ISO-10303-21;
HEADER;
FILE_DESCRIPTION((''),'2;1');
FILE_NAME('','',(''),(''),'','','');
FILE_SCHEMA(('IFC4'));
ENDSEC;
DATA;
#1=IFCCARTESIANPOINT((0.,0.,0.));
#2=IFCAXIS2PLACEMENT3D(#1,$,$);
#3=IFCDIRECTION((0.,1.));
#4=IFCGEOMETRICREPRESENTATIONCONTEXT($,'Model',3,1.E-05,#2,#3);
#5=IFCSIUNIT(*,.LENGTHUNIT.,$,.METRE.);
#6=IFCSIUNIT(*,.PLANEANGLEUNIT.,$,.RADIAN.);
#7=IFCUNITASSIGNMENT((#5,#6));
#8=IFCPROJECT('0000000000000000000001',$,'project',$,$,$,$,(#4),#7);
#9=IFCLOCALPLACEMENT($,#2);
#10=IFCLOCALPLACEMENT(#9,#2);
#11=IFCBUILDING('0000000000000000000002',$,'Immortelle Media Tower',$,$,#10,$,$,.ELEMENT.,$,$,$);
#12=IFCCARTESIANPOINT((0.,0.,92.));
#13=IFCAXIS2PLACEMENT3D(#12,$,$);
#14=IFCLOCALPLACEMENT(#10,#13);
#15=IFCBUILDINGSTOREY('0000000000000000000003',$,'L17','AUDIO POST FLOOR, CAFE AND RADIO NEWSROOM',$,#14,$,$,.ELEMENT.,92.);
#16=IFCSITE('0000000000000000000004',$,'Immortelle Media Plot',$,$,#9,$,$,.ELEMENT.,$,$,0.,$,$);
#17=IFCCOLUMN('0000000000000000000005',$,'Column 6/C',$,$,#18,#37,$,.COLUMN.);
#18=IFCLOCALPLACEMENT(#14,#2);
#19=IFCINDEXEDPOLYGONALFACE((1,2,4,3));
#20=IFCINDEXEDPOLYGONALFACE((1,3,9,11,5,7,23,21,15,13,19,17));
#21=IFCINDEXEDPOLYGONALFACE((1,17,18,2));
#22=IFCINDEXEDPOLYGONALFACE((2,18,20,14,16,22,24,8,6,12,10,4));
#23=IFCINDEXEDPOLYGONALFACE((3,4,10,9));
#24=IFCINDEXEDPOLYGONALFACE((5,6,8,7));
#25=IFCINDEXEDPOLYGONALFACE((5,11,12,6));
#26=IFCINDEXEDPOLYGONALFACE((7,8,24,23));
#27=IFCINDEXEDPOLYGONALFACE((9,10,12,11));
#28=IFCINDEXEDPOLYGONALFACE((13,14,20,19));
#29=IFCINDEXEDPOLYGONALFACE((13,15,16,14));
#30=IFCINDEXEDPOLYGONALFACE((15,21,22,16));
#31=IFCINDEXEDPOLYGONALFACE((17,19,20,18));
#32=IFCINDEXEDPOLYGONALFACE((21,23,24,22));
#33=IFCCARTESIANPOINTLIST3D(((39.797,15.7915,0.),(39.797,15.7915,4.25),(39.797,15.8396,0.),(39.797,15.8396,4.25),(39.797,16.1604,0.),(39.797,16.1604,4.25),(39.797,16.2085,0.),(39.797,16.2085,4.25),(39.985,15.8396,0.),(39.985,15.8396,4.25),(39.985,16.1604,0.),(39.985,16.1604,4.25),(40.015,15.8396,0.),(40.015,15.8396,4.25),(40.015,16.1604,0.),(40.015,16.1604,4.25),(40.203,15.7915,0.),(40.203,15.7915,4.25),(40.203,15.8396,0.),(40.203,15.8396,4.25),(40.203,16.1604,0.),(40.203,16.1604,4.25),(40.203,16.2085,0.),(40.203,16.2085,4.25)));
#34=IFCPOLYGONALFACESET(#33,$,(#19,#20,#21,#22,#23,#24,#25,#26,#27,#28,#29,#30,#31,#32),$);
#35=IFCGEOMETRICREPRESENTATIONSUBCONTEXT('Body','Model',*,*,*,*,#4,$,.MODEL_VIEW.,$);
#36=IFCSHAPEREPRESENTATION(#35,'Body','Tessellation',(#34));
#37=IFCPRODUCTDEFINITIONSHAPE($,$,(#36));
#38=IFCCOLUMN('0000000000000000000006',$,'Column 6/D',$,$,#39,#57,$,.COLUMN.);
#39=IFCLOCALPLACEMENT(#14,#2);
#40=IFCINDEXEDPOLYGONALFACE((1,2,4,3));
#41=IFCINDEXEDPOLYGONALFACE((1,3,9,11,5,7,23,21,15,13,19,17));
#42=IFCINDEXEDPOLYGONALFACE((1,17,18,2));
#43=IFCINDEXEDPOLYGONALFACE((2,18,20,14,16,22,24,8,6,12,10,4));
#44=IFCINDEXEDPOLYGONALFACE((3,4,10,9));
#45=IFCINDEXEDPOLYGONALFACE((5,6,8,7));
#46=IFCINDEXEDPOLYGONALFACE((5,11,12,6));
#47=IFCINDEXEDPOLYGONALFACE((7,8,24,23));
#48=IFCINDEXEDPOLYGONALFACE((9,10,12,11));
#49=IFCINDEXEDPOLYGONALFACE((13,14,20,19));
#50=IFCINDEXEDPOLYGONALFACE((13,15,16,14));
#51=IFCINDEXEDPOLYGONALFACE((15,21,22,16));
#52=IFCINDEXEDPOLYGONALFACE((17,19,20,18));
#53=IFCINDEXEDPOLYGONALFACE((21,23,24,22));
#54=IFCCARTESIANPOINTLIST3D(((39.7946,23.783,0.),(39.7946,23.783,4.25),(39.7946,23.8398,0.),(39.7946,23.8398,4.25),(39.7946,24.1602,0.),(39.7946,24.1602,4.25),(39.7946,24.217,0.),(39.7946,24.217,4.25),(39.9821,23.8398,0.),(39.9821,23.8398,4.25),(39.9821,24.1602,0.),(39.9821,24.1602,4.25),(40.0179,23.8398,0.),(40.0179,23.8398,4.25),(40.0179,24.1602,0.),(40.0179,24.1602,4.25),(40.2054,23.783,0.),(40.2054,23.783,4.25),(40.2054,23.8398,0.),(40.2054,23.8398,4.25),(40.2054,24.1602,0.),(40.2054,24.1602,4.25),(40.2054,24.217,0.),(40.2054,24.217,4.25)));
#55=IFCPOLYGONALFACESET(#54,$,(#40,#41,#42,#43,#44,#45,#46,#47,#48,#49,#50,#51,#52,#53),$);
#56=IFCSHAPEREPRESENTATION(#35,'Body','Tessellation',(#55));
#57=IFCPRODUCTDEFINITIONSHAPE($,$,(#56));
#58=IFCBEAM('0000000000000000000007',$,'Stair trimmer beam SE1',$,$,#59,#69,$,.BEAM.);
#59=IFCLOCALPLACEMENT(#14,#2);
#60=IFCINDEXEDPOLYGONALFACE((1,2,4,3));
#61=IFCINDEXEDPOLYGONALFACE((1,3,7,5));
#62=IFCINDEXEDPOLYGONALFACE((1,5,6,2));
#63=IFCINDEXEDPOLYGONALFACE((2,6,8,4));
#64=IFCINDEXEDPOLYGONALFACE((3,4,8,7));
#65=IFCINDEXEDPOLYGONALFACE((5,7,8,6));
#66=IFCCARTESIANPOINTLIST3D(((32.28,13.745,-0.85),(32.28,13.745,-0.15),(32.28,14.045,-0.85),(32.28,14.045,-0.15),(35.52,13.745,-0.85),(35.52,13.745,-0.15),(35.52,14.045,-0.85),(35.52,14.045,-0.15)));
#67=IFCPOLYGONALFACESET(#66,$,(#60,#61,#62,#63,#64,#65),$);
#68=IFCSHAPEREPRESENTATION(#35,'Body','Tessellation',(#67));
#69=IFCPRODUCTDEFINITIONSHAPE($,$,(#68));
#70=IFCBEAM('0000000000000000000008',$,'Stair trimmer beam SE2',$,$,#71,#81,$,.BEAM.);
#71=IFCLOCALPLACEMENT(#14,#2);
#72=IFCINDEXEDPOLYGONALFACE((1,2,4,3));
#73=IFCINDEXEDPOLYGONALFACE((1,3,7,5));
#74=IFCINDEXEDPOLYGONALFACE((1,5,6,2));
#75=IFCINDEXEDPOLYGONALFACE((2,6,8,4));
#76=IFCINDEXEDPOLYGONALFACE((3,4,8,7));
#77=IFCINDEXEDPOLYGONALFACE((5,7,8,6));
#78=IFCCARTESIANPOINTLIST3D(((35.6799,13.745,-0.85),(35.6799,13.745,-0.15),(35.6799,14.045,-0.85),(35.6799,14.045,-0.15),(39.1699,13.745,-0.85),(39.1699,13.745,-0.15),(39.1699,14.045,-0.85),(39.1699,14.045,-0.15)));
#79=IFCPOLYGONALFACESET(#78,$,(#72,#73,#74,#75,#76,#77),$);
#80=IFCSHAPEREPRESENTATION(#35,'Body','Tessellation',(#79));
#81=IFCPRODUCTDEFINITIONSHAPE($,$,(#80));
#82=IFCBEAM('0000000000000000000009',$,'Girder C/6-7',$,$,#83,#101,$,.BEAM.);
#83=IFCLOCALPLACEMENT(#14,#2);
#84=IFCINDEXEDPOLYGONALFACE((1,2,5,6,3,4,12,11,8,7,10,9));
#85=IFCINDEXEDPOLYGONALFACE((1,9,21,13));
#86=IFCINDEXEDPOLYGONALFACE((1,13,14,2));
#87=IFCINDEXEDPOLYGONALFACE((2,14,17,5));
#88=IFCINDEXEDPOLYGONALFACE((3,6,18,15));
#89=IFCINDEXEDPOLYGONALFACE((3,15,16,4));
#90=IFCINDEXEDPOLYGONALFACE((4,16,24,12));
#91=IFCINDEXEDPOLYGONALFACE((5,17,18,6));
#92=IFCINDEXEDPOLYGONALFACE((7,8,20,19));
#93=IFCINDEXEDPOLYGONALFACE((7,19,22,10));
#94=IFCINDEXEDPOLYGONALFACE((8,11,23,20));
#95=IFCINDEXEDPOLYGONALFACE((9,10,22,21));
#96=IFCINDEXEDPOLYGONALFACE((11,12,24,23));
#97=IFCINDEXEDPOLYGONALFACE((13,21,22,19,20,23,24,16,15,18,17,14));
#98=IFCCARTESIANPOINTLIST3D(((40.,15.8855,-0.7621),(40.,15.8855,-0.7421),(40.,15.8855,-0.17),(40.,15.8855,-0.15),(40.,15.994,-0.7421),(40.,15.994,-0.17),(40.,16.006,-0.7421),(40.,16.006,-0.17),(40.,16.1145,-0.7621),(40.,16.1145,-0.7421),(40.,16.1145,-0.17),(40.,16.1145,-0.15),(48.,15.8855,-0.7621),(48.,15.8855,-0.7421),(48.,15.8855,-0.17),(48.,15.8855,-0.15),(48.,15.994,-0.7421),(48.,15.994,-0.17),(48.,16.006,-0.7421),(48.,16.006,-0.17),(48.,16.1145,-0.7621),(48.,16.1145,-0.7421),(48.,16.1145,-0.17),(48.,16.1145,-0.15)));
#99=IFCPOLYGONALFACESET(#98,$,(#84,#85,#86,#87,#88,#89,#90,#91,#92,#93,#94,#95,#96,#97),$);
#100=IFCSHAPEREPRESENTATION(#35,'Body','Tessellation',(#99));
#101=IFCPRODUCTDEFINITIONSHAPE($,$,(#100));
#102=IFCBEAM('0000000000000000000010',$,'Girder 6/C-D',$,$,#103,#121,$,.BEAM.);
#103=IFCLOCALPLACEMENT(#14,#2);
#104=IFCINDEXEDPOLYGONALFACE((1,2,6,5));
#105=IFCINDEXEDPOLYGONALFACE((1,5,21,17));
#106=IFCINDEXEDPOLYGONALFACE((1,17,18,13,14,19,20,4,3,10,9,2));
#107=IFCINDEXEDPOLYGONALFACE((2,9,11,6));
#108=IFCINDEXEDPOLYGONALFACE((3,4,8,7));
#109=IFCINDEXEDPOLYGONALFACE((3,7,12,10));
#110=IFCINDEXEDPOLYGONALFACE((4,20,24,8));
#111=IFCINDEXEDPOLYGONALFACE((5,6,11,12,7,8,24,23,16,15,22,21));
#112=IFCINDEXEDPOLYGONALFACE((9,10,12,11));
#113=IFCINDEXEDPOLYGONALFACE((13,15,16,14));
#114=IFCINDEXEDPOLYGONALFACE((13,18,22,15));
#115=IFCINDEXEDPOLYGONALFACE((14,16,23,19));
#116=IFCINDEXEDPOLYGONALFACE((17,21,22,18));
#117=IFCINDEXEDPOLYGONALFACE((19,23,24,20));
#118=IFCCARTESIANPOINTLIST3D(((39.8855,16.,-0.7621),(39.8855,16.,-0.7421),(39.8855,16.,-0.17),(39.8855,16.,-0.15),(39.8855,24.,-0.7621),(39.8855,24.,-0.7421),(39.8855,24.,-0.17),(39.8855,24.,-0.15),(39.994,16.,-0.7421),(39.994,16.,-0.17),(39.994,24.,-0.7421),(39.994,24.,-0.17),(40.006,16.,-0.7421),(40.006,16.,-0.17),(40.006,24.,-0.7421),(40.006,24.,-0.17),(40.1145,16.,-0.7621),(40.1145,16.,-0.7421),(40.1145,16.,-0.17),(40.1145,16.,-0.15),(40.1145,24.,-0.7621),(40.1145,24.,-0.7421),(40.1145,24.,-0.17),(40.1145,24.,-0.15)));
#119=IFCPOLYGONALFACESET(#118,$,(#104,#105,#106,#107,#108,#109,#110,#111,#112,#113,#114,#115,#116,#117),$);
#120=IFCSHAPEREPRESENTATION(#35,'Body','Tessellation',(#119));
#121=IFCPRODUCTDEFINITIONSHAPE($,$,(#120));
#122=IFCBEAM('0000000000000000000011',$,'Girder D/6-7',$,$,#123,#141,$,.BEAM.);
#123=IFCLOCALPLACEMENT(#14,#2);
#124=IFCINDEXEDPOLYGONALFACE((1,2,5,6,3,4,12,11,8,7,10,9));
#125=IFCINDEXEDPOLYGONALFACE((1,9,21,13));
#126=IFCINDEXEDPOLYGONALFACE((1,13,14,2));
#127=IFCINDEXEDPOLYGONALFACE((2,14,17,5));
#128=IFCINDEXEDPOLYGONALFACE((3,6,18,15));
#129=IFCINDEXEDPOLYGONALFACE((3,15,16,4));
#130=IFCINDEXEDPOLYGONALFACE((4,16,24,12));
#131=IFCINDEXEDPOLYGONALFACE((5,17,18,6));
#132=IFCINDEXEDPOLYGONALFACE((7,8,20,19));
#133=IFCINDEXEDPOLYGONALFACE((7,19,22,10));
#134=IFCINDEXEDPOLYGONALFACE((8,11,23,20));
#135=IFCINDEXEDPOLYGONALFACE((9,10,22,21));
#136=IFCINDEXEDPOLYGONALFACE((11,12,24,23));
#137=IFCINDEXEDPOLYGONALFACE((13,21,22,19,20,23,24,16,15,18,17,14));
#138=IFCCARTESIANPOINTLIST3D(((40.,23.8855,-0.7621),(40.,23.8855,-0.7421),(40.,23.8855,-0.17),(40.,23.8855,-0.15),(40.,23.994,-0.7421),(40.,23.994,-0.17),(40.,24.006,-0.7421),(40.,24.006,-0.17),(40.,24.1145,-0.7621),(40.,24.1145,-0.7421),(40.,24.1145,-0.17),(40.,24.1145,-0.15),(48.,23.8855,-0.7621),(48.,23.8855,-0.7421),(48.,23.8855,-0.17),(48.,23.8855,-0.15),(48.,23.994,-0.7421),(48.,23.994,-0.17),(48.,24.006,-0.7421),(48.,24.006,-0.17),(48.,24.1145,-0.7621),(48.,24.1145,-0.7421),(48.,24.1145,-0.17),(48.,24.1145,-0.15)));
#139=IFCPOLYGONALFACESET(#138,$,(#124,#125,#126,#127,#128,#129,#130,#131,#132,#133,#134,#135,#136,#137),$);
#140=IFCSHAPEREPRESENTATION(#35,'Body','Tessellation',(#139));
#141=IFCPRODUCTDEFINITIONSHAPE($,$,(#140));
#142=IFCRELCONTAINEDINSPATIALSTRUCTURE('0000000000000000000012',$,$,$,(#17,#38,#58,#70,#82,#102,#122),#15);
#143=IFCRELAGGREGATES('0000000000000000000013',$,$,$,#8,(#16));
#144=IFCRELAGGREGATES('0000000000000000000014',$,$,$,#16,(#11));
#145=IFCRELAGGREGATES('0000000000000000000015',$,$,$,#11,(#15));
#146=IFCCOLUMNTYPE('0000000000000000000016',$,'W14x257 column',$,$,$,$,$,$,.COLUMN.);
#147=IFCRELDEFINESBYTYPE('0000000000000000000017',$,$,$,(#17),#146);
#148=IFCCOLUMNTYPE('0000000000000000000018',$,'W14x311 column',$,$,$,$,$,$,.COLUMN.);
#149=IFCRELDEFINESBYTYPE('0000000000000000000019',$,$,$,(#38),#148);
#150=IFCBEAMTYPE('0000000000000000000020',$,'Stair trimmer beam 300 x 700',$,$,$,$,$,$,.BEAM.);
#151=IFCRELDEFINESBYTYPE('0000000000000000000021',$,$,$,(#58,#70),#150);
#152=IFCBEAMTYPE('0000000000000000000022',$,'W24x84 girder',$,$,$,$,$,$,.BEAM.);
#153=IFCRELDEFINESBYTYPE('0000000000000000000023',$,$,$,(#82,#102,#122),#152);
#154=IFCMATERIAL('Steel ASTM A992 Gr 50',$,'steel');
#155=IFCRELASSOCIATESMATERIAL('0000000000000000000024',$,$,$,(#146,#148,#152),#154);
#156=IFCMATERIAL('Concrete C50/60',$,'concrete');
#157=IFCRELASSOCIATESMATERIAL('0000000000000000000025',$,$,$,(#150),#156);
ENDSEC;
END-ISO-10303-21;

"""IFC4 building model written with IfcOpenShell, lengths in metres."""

from ifc_helpers import new_model, si_unit, direction, frame, origin, origin_2d, place, context, subcontext, project, spatial, rectangle, i_section, extrude, material, material_profile, profile_set, type_object, element, save


model = new_model("IFC4")

# Units and contexts
model_context = context("Model", 3, precision=1e-05, world=origin(), true_north=direction((0.0, 1.0)))
body_context = subcontext(model_context, "Body", "Model", "MODEL_VIEW")
ifc_project = project(units=[si_unit("LENGTHUNIT", "METRE"), si_unit("PLANEANGLEUNIT", "RADIAN")], contexts=[model_context])

# Site, building, storey
site_placement = place(None, origin())
site = spatial("IfcSite", under=ifc_project, at=site_placement, Name="Immortelle Media Plot", CompositionType="ELEMENT", RefElevation=0.0)
building_placement = place(site_placement, origin())
building = spatial("IfcBuilding", under=site, at=building_placement, Name="Immortelle Media Tower", CompositionType="ELEMENT")
storey_placement = place(building_placement, frame((0.0, 0.0, 92.0)))
storey = spatial("IfcBuildingStorey", under=building, at=storey_placement, Name="L17", Description="AUDIO POST FLOOR, CAFE AND RADIO NEWSROOM", CompositionType="ELEMENT", Elevation=92.0)

# Columns
ifc_material_1 = material(Name="Steel ASTM A992 Gr 50", Category="steel")
ifc_material_profile_1 = material_profile(ifc_material_1, i_section(OverallWidth=0.406, OverallDepth=0.417, WebThickness=0.03, FlangeThickness=0.0481, at=origin_2d()), Name="W14x257")
ifc_profile_set_1 = profile_set([ifc_material_profile_1], Name="Steel ASTM A992 Gr 50")
column_type_1 = type_object("IfcColumnType", Name="W14x257 column", PredefinedType="COLUMN", material=ifc_profile_set_1)
column_1_placement = place(storey_placement, frame((40.0, 16.0, 0.0), z_axis=(0.0, 0.0, 1.0), x_axis=(1.0, 0.0, 0.0)))
element("IfcColumn", 1, at=column_1_placement, inside=storey, type_object=column_type_1, Name="Column 6/C", PredefinedType="COLUMN", context=body_context, shape_type="SweptSolid", body=[
    extrude(i_section(OverallWidth=0.406, OverallDepth=0.417, WebThickness=0.03, FlangeThickness=0.0481, at=origin_2d()), origin(), (0.0, 0.0, 1.0), 4.25),
])
ifc_material_profile_2 = material_profile(ifc_material_1, i_section(OverallWidth=0.4109, OverallDepth=0.4341, WebThickness=0.0359, FlangeThickness=0.0569, at=origin_2d()), Name="W14x311")
ifc_profile_set_2 = profile_set([ifc_material_profile_2], Name="Steel ASTM A992 Gr 50")
column_type_2 = type_object("IfcColumnType", Name="W14x311 column", PredefinedType="COLUMN", material=ifc_profile_set_2)
column_2_placement = place(storey_placement, frame((40.0, 24.0, 0.0), z_axis=(0.0, 0.0, 1.0), x_axis=(1.0, 0.0, 0.0)))
element("IfcColumn", 2, at=column_2_placement, inside=storey, type_object=column_type_2, Name="Column 6/D", PredefinedType="COLUMN", context=body_context, shape_type="SweptSolid", body=[
    extrude(i_section(OverallWidth=0.4109, OverallDepth=0.4341, WebThickness=0.0359, FlangeThickness=0.0569, at=origin_2d()), origin(), (0.0, 0.0, 1.0), 4.25),
])

# Beams
ifc_material_2 = material(Name="Concrete C50/60", Category="concrete")
ifc_material_profile_3 = material_profile(ifc_material_2, rectangle(XDim=0.3, YDim=0.7, at=origin_2d()), Name="RC 300x700")
ifc_profile_set_3 = profile_set([ifc_material_profile_3], Name="Concrete C50/60")
beam_type_1 = type_object("IfcBeamType", Name="Stair trimmer beam 300 x 700", PredefinedType="BEAM", material=ifc_profile_set_3)
beam_1_placement = place(storey_placement, frame((32.28, 13.895, -0.5), z_axis=(1.0, 0.0, 0.0), x_axis=(0.0, 1.0, 0.0)))
element("IfcBeam", 3, at=beam_1_placement, inside=storey, type_object=beam_type_1, Name="Stair trimmer beam SE1", PredefinedType="BEAM", context=body_context, shape_type="SweptSolid", body=[
    extrude(rectangle(XDim=0.3, YDim=0.7, at=origin_2d()), origin(), (0.0, 0.0, 1.0), 3.24),
])
beam_2_placement = place(storey_placement, frame((35.6799, 13.895, -0.5), z_axis=(1.0, 0.0, 0.0), x_axis=(0.0, 1.0, 0.0)))
element("IfcBeam", 4, at=beam_2_placement, inside=storey, type_object=beam_type_1, Name="Stair trimmer beam SE2", PredefinedType="BEAM", context=body_context, shape_type="SweptSolid", body=[
    extrude(rectangle(XDim=0.3, YDim=0.7, at=origin_2d()), origin(), (0.0, 0.0, 1.0), 3.49),
])
ifc_material_profile_4 = material_profile(ifc_material_1, i_section(OverallWidth=0.229, OverallDepth=0.6121, WebThickness=0.012, FlangeThickness=0.02, at=origin_2d()), Name="W24x84")
ifc_profile_set_4 = profile_set([ifc_material_profile_4], Name="Steel ASTM A992 Gr 50")
beam_type_2 = type_object("IfcBeamType", Name="W24x84 girder", PredefinedType="BEAM", material=ifc_profile_set_4)
for number, where, z_axis, x_axis, name in (
    (5, (40.0, 16.0, -0.4561), (1.0, 0.0, 0.0), (0.0, 1.0, 0.0), "Girder C/6-7"),
    (6, (40.0, 16.0, -0.4561), (0.0, 1.0, 0.0), (-1.0, 0.0, 0.0), "Girder 6/C-D"),
    (7, (40.0, 24.0, -0.4561), (1.0, 0.0, 0.0), (0.0, 1.0, 0.0), "Girder D/6-7"),
):
    element("IfcBeam", number, at=place(storey_placement, frame(where, z_axis=z_axis, x_axis=x_axis)), inside=storey, type_object=beam_type_2, Name=name, PredefinedType="BEAM", context=body_context, shape_type="SweptSolid", body=[
        extrude(i_section(OverallWidth=0.229, OverallDepth=0.6121, WebThickness=0.012, FlangeThickness=0.02, at=origin_2d()), origin(), (0.0, 0.0, 1.0), 8.0),
    ])

save(model, "model.ifc")
